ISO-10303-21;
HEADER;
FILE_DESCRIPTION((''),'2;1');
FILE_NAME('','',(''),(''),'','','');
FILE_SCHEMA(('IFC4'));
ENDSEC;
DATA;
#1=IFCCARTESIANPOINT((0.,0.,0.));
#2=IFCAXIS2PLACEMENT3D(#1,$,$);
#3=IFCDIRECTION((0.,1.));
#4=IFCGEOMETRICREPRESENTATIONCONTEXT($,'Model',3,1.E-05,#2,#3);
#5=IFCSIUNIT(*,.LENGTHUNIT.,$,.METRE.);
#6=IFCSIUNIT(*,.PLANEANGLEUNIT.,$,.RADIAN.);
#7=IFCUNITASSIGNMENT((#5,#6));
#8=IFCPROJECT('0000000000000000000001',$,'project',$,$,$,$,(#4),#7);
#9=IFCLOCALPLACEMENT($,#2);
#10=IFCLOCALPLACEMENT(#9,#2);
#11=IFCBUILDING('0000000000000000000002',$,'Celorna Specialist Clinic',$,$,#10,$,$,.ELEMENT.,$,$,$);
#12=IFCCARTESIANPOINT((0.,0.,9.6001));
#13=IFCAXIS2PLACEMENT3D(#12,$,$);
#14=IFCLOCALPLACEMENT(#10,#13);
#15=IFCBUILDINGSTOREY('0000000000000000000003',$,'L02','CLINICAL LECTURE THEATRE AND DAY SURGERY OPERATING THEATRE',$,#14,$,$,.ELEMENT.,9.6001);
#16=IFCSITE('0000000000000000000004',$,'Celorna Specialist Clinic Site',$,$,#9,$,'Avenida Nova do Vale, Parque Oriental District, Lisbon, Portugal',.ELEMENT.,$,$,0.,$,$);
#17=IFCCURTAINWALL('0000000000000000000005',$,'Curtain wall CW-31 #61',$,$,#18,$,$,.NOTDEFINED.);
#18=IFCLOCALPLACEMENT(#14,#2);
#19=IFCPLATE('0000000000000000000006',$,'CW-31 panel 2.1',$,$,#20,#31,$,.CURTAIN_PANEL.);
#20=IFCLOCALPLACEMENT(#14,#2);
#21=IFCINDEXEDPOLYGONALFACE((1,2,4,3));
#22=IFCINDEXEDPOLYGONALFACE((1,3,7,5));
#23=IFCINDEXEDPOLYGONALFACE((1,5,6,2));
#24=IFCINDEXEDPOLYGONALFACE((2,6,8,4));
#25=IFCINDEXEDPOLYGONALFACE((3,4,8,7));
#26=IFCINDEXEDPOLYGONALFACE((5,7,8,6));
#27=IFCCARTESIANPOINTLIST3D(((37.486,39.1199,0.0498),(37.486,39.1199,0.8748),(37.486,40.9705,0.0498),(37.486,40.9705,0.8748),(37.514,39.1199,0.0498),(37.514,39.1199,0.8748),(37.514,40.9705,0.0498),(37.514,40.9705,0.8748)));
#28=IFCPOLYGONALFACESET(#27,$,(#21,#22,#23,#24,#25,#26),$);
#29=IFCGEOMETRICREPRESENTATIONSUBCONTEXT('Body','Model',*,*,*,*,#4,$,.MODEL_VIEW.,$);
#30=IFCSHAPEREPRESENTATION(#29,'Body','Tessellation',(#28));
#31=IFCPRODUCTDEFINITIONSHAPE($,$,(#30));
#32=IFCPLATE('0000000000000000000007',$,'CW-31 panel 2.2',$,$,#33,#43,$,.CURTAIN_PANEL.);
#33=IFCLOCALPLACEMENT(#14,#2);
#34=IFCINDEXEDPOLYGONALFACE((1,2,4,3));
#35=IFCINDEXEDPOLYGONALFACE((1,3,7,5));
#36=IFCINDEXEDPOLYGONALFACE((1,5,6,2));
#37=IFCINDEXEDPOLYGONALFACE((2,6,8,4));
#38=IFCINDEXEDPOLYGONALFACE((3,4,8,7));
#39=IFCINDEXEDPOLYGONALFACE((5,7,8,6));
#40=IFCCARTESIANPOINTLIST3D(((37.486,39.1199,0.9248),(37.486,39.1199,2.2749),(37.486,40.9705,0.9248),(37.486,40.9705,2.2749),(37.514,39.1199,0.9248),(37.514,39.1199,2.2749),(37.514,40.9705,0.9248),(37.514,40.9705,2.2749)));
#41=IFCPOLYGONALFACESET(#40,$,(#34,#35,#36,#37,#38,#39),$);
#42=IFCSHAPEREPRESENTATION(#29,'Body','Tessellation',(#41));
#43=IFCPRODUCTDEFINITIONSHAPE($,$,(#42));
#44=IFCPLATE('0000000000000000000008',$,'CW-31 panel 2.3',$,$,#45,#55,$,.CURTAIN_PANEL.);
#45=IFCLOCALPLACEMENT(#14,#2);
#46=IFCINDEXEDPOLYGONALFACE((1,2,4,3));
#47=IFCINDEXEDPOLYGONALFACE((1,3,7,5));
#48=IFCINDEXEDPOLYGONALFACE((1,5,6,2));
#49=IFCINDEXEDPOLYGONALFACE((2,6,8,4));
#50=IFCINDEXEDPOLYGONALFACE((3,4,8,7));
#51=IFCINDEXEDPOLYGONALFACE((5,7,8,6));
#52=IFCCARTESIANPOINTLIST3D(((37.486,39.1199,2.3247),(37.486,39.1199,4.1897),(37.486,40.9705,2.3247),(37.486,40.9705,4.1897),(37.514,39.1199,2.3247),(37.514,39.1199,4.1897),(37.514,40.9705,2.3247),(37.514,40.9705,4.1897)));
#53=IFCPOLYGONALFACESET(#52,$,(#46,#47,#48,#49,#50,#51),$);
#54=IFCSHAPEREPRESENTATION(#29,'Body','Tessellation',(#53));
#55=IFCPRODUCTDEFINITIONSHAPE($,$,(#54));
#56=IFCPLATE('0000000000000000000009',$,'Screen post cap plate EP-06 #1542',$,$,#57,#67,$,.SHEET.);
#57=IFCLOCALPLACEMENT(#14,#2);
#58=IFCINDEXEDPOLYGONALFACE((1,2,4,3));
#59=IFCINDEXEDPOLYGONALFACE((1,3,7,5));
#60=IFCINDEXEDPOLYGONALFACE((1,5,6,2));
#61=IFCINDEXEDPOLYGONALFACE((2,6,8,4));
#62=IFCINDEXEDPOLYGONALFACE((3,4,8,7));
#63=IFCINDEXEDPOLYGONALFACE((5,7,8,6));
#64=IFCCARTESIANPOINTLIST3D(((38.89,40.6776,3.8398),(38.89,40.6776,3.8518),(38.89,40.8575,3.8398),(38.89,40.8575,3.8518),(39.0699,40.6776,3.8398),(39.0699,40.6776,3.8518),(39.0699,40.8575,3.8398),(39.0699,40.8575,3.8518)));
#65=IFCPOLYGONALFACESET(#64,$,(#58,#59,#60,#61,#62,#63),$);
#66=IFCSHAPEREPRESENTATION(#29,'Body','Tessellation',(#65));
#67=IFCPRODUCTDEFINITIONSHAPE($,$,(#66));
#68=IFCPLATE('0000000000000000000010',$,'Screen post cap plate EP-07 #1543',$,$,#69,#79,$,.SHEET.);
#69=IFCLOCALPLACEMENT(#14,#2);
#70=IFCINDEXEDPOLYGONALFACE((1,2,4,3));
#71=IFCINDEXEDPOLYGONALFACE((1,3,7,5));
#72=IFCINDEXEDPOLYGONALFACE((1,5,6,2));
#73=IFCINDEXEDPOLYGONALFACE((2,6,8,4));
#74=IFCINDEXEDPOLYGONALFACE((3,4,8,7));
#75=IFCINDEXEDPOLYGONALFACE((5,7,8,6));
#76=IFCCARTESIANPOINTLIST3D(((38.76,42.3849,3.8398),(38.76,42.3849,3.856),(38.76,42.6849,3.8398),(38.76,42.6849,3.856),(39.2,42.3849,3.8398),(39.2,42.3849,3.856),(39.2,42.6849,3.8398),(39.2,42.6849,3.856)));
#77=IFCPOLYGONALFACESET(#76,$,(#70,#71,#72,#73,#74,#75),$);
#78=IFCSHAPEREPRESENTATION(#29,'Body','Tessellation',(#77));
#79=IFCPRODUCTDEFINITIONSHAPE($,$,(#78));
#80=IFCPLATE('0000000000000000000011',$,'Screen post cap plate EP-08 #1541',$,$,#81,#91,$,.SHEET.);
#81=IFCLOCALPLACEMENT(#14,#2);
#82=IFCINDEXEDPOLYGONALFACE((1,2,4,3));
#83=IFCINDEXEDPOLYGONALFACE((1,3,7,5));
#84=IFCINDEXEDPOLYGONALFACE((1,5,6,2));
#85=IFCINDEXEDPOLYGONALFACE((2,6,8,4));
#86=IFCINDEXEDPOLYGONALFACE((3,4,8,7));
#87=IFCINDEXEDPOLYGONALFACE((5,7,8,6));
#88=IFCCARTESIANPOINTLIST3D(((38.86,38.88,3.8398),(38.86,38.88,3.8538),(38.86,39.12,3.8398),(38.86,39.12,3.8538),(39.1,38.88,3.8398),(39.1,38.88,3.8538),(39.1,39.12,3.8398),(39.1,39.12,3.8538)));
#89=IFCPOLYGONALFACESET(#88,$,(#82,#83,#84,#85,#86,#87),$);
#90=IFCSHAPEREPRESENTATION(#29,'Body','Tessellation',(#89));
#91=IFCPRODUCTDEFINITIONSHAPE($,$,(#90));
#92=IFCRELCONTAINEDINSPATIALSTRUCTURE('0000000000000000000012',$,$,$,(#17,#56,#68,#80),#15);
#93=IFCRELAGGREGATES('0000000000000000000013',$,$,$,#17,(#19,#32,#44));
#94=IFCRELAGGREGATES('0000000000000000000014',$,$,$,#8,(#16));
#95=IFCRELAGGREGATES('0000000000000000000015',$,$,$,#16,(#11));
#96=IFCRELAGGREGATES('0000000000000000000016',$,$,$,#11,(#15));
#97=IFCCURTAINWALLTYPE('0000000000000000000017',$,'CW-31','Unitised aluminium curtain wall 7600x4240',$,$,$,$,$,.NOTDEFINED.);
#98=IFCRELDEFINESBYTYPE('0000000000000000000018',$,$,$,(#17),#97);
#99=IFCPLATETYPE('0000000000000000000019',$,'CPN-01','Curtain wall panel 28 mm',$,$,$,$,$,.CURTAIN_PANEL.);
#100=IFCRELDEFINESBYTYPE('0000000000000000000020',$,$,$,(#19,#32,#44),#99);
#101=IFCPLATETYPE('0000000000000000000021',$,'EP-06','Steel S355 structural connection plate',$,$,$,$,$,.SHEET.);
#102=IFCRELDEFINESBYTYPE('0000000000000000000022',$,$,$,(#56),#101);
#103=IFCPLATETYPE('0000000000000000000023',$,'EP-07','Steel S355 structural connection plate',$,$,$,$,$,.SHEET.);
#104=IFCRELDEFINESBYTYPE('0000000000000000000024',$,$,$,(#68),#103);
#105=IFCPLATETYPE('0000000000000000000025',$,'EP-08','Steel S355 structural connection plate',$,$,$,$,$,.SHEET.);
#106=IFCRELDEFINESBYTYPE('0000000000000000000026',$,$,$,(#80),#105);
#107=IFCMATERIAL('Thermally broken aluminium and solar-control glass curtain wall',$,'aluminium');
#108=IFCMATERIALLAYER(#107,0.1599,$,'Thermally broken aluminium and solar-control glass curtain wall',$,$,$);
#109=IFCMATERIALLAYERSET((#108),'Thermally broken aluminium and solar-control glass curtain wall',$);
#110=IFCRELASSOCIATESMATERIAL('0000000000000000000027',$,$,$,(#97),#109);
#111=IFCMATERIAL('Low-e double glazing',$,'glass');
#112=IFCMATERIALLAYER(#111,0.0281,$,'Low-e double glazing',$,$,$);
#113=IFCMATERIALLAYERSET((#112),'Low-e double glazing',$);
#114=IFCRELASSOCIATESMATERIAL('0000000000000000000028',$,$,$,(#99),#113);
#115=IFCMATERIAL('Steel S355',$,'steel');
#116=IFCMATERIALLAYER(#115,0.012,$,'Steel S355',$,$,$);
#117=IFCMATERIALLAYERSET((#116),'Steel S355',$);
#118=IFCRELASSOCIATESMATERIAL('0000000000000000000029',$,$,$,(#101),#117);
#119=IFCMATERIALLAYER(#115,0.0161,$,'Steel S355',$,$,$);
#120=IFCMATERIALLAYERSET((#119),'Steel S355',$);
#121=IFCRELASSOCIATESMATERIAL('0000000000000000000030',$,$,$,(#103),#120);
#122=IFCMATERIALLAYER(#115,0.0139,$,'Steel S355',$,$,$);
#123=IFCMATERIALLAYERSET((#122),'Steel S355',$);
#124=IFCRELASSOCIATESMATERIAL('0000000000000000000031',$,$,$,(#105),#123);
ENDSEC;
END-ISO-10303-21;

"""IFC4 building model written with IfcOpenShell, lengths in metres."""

from ifc_helpers import new_model, si_unit, direction, frame, origin, origin_2d, place, context, subcontext, project, spatial, rectangle, extrude, material, layer, layer_set, type_object, element, aggregate, save


model = new_model("IFC4")

# Units and contexts
model_context = context("Model", 3, precision=1e-05, world=origin(), true_north=direction((0.0, 1.0)))
body_context = subcontext(model_context, "Body", "Model", "MODEL_VIEW")
ifc_project = project(units=[si_unit("LENGTHUNIT", "METRE"), si_unit("PLANEANGLEUNIT", "RADIAN")], contexts=[model_context])

# Site, building, storey
site_placement = place(None, origin())
site = spatial("IfcSite", under=ifc_project, at=site_placement, Name="Celorna Specialist Clinic Site", LongName="Avenida Nova do Vale, Parque Oriental District, Lisbon, Portugal", CompositionType="ELEMENT", RefElevation=0.0)
building_placement = place(site_placement, origin())
building = spatial("IfcBuilding", under=site, at=building_placement, Name="Celorna Specialist Clinic", CompositionType="ELEMENT")
storey_placement = place(building_placement, frame((0.0, 0.0, 9.6001)))
storey = spatial("IfcBuildingStorey", under=building, at=storey_placement, Name="L02", Description="CLINICAL LECTURE THEATRE AND DAY SURGERY OPERATING THEATRE", CompositionType="ELEMENT", Elevation=9.6001)

# Shared definitions
ifc_material_1 = material(Name="Steel S355", Category="steel")

# Curtain wall, plates
ifc_material_2 = material(Name="Thermally broken aluminium and solar-control glass curtain wall", Category="aluminium")
ifc_layer_1 = layer(ifc_material_2, 0.1599, Name="Thermally broken aluminium and solar-control glass curtain wall")
ifc_layer_set_1 = layer_set([ifc_layer_1], Name="Thermally broken aluminium and solar-control glass curtain wall")
curtain_wall_type = type_object("IfcCurtainWallType", Name="CW-31", Description="Unitised aluminium curtain wall 7600x4240", PredefinedType="NOTDEFINED", material=ifc_layer_set_1)
curtain_wall_placement = place(storey_placement, origin())
curtain_wall = element("IfcCurtainWall", 1, at=curtain_wall_placement, inside=storey, type_object=curtain_wall_type, Name="Curtain wall CW-31 #61", PredefinedType="NOTDEFINED")
ifc_material_3 = material(Name="Low-e double glazing", Category="glass")
ifc_layer_2 = layer(ifc_material_3, 0.0281, Name="Low-e double glazing")
ifc_layer_set_2 = layer_set([ifc_layer_2], Name="Low-e double glazing")
plate_type_1 = type_object("IfcPlateType", Name="CPN-01", Description="Curtain wall panel 28 mm", PredefinedType="CURTAIN_PANEL", material=ifc_layer_set_2)
plate_1_placement = place(storey_placement, frame((37.5, 40.0452, 0.0498), z_axis=(0.0, 0.0, 1.0), x_axis=(0.0, -1.0, 0.0)))
plate_1 = element("IfcPlate", 2, at=plate_1_placement, type_object=plate_type_1, Name="CW-31 panel 2.1", PredefinedType="CURTAIN_PANEL", context=body_context, shape_type="SweptSolid", body=[
    extrude(rectangle(XDim=1.8506, YDim=0.0281, at=origin_2d()), origin(), (0.0, 0.0, 1.0), 0.825),
])
plate_2_placement = place(storey_placement, frame((37.5, 40.0452, 0.9248), z_axis=(0.0, 0.0, 1.0), x_axis=(0.0, -1.0, 0.0)))
plate_2 = element("IfcPlate", 3, at=plate_2_placement, type_object=plate_type_1, Name="CW-31 panel 2.2", PredefinedType="CURTAIN_PANEL", context=body_context, shape_type="SweptSolid", body=[
    extrude(rectangle(XDim=1.8506, YDim=0.0281, at=origin_2d()), origin(), (0.0, 0.0, 1.0), 1.3501),
])
plate_3_placement = place(storey_placement, frame((37.5, 40.0452, 2.3247), z_axis=(0.0, 0.0, 1.0), x_axis=(0.0, -1.0, 0.0)))
plate_3 = element("IfcPlate", 4, at=plate_3_placement, type_object=plate_type_1, Name="CW-31 panel 2.3", PredefinedType="CURTAIN_PANEL", context=body_context, shape_type="SweptSolid", body=[
    extrude(rectangle(XDim=1.8506, YDim=0.0281, at=origin_2d()), origin(), (0.0, 0.0, 1.0), 1.865),
])
aggregate(curtain_wall, [plate_1, plate_2, plate_3])

# Plates
ifc_layer_3 = layer(ifc_material_1, 0.012, Name="Steel S355")
ifc_layer_set_3 = layer_set([ifc_layer_3], Name="Steel S355")
plate_type_2 = type_object("IfcPlateType", Name="EP-06", Description="Steel S355 structural connection plate", PredefinedType="SHEET", material=ifc_layer_set_3)
plate_4_placement = place(storey_placement, frame((38.98, 40.7676, 3.8398), z_axis=(0.0, 0.0, 1.0), x_axis=(0.0, 1.0, 0.0)))
element("IfcPlate", 5, at=plate_4_placement, inside=storey, type_object=plate_type_2, Name="Screen post cap plate EP-06 #1542", PredefinedType="SHEET", context=body_context, shape_type="SweptSolid", body=[
    extrude(rectangle(XDim=0.1799, YDim=0.1799, at=origin_2d()), origin(), (0.0, 0.0, 1.0), 0.012),
])
ifc_layer_4 = layer(ifc_material_1, 0.0161, Name="Steel S355")
ifc_layer_set_4 = layer_set([ifc_layer_4], Name="Steel S355")
plate_type_3 = type_object("IfcPlateType", Name="EP-07", Description="Steel S355 structural connection plate", PredefinedType="SHEET", material=ifc_layer_set_4)
plate_5_placement = place(storey_placement, frame((38.98, 42.5349, 3.8398), z_axis=(0.0, 0.0, 1.0), x_axis=(0.0, 1.0, 0.0)))
element("IfcPlate", 6, at=plate_5_placement, inside=storey, type_object=plate_type_3, Name="Screen post cap plate EP-07 #1543", PredefinedType="SHEET", context=body_context, shape_type="SweptSolid", body=[
    extrude(rectangle(XDim=0.3, YDim=0.4399, at=origin_2d()), origin(), (0.0, 0.0, 1.0), 0.0161),
])
ifc_layer_5 = layer(ifc_material_1, 0.0139, Name="Steel S355")
ifc_layer_set_5 = layer_set([ifc_layer_5], Name="Steel S355")
plate_type_4 = type_object("IfcPlateType", Name="EP-08", Description="Steel S355 structural connection plate", PredefinedType="SHEET", material=ifc_layer_set_5)
plate_6_placement = place(storey_placement, frame((38.98, 39.0, 3.8398), z_axis=(0.0, 0.0, 1.0), x_axis=(0.0, 1.0, 0.0)))
element("IfcPlate", 7, at=plate_6_placement, inside=storey, type_object=plate_type_4, Name="Screen post cap plate EP-08 #1541", PredefinedType="SHEET", context=body_context, shape_type="SweptSolid", body=[
    extrude(rectangle(XDim=0.24, YDim=0.24, at=origin_2d()), origin(), (0.0, 0.0, 1.0), 0.0139),
])

save(model, "model.ifc")
